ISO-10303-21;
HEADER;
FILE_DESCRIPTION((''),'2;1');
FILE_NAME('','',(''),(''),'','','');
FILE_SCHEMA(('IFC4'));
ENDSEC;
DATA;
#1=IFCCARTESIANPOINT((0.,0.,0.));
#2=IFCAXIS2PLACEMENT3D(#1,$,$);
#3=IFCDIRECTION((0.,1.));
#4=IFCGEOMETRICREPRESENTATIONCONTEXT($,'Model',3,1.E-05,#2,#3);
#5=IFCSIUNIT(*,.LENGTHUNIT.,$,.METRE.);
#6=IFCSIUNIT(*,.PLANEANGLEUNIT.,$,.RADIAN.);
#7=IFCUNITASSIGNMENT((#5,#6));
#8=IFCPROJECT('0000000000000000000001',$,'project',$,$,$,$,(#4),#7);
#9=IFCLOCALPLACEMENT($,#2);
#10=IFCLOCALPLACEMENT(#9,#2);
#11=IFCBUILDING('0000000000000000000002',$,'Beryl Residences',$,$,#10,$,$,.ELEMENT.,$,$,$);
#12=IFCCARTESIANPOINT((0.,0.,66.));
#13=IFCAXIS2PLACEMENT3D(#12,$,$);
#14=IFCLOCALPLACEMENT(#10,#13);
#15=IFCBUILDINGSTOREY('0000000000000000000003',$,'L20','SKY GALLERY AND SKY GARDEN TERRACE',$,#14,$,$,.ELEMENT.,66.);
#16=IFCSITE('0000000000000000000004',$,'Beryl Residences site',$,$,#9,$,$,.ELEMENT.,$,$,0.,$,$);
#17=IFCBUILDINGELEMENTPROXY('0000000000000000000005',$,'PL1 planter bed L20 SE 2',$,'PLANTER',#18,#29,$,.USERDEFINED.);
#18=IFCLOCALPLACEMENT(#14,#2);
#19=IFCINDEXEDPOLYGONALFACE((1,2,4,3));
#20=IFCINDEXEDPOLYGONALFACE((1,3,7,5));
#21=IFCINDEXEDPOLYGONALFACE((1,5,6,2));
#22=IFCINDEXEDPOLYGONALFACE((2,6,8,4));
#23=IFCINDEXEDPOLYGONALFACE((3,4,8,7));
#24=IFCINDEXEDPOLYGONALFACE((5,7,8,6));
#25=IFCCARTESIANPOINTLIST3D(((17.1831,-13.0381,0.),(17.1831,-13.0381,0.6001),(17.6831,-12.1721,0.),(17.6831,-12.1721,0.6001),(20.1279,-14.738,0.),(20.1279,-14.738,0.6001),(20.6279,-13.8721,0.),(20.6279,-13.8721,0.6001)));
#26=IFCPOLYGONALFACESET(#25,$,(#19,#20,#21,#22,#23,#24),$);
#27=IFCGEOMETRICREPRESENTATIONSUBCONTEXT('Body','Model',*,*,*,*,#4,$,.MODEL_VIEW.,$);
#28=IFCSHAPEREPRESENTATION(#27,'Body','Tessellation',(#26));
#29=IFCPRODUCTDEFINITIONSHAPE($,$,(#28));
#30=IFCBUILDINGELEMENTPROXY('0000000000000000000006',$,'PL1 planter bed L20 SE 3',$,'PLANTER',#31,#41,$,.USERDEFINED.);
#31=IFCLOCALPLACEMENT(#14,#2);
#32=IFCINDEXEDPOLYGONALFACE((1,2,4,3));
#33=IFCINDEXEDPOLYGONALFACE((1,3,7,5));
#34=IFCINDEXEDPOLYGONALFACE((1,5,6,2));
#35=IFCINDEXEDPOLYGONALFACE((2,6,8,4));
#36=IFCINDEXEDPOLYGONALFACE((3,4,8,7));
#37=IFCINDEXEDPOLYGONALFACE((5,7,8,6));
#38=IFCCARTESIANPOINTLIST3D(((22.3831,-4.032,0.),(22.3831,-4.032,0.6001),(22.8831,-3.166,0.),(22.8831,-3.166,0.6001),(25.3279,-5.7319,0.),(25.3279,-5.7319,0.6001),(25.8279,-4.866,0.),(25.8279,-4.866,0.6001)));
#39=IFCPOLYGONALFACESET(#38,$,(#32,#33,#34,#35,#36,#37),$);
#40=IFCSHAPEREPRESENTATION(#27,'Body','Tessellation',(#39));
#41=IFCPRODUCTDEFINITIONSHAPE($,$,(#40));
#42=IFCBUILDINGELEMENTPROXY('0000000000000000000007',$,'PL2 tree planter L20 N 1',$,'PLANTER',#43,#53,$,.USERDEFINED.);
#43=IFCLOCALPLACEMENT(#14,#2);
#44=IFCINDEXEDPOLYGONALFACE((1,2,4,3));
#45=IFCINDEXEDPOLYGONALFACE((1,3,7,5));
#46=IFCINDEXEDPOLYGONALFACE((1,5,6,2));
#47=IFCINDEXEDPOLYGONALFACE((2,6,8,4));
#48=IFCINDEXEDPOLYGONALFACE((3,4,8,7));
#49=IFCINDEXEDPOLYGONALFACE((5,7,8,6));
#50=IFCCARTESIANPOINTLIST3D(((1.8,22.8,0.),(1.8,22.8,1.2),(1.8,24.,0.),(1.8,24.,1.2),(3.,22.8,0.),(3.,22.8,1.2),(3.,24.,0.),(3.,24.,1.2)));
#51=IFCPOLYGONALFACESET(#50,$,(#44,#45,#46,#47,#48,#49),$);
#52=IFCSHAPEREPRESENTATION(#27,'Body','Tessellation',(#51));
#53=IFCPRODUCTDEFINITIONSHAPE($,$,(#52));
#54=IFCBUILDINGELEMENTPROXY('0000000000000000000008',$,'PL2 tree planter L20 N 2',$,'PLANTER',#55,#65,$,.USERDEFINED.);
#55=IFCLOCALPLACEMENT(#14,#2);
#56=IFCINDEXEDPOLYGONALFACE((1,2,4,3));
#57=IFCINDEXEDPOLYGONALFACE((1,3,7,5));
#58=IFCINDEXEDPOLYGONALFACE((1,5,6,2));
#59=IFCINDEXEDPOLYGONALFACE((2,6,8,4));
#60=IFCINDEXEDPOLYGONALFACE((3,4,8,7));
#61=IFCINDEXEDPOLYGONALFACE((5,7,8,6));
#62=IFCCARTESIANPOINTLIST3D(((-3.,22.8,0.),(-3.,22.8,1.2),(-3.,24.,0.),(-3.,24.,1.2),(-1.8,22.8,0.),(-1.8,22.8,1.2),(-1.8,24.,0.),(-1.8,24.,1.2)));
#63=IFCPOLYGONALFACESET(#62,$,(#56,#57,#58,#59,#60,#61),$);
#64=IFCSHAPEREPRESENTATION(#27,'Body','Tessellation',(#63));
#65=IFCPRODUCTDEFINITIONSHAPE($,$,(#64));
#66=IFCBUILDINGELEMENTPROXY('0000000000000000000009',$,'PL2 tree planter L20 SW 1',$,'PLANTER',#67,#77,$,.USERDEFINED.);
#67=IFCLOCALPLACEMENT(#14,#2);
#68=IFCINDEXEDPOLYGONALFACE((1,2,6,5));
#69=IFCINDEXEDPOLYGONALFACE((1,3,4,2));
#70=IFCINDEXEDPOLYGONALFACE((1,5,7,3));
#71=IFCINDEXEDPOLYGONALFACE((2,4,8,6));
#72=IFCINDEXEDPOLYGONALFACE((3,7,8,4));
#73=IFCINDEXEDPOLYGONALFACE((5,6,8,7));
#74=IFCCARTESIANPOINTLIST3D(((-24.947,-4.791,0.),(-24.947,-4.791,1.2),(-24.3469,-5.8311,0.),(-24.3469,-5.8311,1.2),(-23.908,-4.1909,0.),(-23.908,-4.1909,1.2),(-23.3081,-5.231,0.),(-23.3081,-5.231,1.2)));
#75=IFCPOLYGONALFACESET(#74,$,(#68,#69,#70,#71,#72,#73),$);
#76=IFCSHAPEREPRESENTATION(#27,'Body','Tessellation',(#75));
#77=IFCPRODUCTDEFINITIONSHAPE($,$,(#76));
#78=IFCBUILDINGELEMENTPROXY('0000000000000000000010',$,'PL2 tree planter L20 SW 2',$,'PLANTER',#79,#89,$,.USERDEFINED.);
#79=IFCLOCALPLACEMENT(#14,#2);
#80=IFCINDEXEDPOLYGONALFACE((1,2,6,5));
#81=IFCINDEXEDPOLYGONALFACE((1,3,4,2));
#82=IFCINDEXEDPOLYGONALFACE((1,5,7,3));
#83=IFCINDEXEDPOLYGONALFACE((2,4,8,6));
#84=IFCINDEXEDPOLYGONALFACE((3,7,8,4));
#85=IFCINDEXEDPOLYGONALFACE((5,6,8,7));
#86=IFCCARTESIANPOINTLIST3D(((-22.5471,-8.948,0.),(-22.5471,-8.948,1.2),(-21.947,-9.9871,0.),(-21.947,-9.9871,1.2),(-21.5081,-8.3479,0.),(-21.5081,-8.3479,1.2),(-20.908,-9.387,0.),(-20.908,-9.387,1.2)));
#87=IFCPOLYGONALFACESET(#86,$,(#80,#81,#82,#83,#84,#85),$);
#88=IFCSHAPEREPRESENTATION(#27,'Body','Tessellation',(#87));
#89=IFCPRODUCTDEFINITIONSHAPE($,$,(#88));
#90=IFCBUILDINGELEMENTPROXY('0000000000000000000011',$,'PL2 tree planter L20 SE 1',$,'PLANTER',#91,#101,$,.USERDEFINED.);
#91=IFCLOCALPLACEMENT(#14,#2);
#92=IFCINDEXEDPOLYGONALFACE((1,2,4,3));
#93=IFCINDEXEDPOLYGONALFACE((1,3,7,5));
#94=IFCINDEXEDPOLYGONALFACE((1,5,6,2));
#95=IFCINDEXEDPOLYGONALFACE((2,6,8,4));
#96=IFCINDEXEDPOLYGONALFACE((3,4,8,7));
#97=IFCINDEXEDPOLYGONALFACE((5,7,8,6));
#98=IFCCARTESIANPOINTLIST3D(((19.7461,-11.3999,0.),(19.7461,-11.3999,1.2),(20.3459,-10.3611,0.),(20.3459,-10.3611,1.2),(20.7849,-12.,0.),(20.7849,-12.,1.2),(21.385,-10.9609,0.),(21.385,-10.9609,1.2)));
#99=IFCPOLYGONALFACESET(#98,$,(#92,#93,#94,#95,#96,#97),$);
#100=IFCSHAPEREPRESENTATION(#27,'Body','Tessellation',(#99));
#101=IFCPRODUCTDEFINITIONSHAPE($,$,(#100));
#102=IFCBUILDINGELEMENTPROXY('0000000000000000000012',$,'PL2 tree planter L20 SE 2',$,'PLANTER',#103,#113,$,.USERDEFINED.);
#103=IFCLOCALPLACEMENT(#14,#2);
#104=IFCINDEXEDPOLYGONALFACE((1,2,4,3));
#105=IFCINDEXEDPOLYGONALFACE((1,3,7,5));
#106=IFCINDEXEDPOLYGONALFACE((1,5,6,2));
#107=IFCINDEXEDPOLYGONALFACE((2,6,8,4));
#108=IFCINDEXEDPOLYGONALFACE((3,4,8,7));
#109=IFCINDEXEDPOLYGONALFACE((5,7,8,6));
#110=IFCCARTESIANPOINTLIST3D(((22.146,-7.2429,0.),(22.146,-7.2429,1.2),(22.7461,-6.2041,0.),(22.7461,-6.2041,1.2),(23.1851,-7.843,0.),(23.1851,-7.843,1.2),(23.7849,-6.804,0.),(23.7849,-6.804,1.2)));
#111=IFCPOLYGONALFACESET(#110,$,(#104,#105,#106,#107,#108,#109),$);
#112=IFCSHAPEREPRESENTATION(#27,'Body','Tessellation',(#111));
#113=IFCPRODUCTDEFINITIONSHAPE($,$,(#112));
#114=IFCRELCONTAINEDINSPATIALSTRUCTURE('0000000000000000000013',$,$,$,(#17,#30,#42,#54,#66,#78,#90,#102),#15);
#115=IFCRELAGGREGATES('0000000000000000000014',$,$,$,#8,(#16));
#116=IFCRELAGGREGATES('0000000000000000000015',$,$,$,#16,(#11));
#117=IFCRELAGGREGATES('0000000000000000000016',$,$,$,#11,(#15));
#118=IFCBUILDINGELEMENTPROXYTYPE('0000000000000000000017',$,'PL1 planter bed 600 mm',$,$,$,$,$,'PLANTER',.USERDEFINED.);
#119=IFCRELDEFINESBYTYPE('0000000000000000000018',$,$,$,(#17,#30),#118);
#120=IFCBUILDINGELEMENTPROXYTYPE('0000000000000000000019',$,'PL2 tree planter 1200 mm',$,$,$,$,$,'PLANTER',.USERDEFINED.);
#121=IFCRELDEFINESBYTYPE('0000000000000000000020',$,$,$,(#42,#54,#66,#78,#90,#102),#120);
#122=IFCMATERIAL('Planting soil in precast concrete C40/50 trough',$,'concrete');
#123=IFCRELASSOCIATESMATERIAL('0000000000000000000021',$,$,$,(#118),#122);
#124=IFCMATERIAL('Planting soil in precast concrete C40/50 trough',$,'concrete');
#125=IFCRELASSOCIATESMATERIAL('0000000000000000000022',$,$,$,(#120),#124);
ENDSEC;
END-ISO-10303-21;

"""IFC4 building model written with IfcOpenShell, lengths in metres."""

from ifc_helpers import new_model, si_unit, direction, frame, origin, place, context, subcontext, project, spatial, polyline, outline, extrude, material, type_object, element, save


model = new_model("IFC4")

# Units and contexts
model_context = context("Model", 3, precision=1e-05, world=origin(), true_north=direction((0.0, 1.0)))
body_context = subcontext(model_context, "Body", "Model", "MODEL_VIEW")
ifc_project = project(units=[si_unit("LENGTHUNIT", "METRE"), si_unit("PLANEANGLEUNIT", "RADIAN")], contexts=[model_context])

# Site, building, storey
site_placement = place(None, origin())
site = spatial("IfcSite", under=ifc_project, at=site_placement, Name="Beryl Residences site", CompositionType="ELEMENT", RefElevation=0.0)
building_placement = place(site_placement, origin())
building = spatial("IfcBuilding", under=site, at=building_placement, Name="Beryl Residences", CompositionType="ELEMENT")
storey_placement = place(building_placement, frame((0.0, 0.0, 66.0)))
storey = spatial("IfcBuildingStorey", under=building, at=storey_placement, Name="L20", Description="SKY GALLERY AND SKY GARDEN TERRACE", CompositionType="ELEMENT", Elevation=66.0)

# Building element proxies
ifc_material_1 = material(Name="Planting soil in precast concrete C40/50 trough", Category="concrete")
building_element_proxy_type_1 = type_object("IfcBuildingElementProxyType", Name="PL1 planter bed 600 mm", ElementType="PLANTER", PredefinedType="USERDEFINED", material=ifc_material_1)
proxy_1_placement = place(storey_placement, origin())
element("IfcBuildingElementProxy", 1, at=proxy_1_placement, inside=storey, type_object=building_element_proxy_type_1, Name="PL1 planter bed L20 SE 2", ObjectType="PLANTER", PredefinedType="USERDEFINED", context=body_context, shape_type="SweptSolid", body=[
    extrude(outline(polyline([(20.1279, -14.738), (20.6279, -13.8721), (17.6831, -12.1721), (17.1831, -13.0381), (20.1279, -14.738)])), origin(), (0.0, 0.0, 1.0), 0.6001),
])
proxy_2_placement = place(storey_placement, origin())
element("IfcBuildingElementProxy", 2, at=proxy_2_placement, inside=storey, type_object=building_element_proxy_type_1, Name="PL1 planter bed L20 SE 3", ObjectType="PLANTER", PredefinedType="USERDEFINED", context=body_context, shape_type="SweptSolid", body=[
    extrude(outline(polyline([(25.3279, -5.7319), (25.8279, -4.866), (22.8831, -3.166), (22.3831, -4.032), (25.3279, -5.7319)])), origin(), (0.0, 0.0, 1.0), 0.6001),
])
ifc_material_2 = material(Name="Planting soil in precast concrete C40/50 trough", Category="concrete")
building_element_proxy_type_2 = type_object("IfcBuildingElementProxyType", Name="PL2 tree planter 1200 mm", ElementType="PLANTER", PredefinedType="USERDEFINED", material=ifc_material_2)
proxy_3_placement = place(storey_placement, origin())
element("IfcBuildingElementProxy", 3, at=proxy_3_placement, inside=storey, type_object=building_element_proxy_type_2, Name="PL2 tree planter L20 N 1", ObjectType="PLANTER", PredefinedType="USERDEFINED", context=body_context, shape_type="SweptSolid", body=[
    extrude(outline(polyline([(3.0, 24.0), (1.8, 24.0), (1.8, 22.8), (3.0, 22.8), (3.0, 24.0)])), origin(), (0.0, 0.0, 1.0), 1.2),
])
proxy_4_placement = place(storey_placement, origin())
element("IfcBuildingElementProxy", 4, at=proxy_4_placement, inside=storey, type_object=building_element_proxy_type_2, Name="PL2 tree planter L20 N 2", ObjectType="PLANTER", PredefinedType="USERDEFINED", context=body_context, shape_type="SweptSolid", body=[
    extrude(outline(polyline([(-1.8, 24.0), (-3.0, 24.0), (-3.0, 22.8), (-1.8, 22.8), (-1.8, 24.0)])), origin(), (0.0, 0.0, 1.0), 1.2),
])
proxy_5_placement = place(storey_placement, origin())
element("IfcBuildingElementProxy", 5, at=proxy_5_placement, inside=storey, type_object=building_element_proxy_type_2, Name="PL2 tree planter L20 SW 1", ObjectType="PLANTER", PredefinedType="USERDEFINED", context=body_context, shape_type="SweptSolid", body=[
    extrude(outline(polyline([(-24.947, -4.791), (-24.3469, -5.8311), (-23.3081, -5.231), (-23.908, -4.1909), (-24.947, -4.791)])), origin(), (0.0, 0.0, 1.0), 1.2),
])
proxy_6_placement = place(storey_placement, origin())
element("IfcBuildingElementProxy", 6, at=proxy_6_placement, inside=storey, type_object=building_element_proxy_type_2, Name="PL2 tree planter L20 SW 2", ObjectType="PLANTER", PredefinedType="USERDEFINED", context=body_context, shape_type="SweptSolid", body=[
    extrude(outline(polyline([(-22.5471, -8.948), (-21.947, -9.9871), (-20.908, -9.387), (-21.5081, -8.3479), (-22.5471, -8.948)])), origin(), (0.0, 0.0, 1.0), 1.2),
])
proxy_7_placement = place(storey_placement, origin())
element("IfcBuildingElementProxy", 7, at=proxy_7_placement, inside=storey, type_object=building_element_proxy_type_2, Name="PL2 tree planter L20 SE 1", ObjectType="PLANTER", PredefinedType="USERDEFINED", context=body_context, shape_type="SweptSolid", body=[
    extrude(outline(polyline([(20.7849, -12.0), (21.385, -10.9609), (20.3459, -10.3611), (19.7461, -11.3999), (20.7849, -12.0)])), origin(), (0.0, 0.0, 1.0), 1.2),
])
proxy_8_placement = place(storey_placement, origin())
element("IfcBuildingElementProxy", 8, at=proxy_8_placement, inside=storey, type_object=building_element_proxy_type_2, Name="PL2 tree planter L20 SE 2", ObjectType="PLANTER", PredefinedType="USERDEFINED", context=body_context, shape_type="SweptSolid", body=[
    extrude(outline(polyline([(23.1851, -7.843), (23.7849, -6.804), (22.7461, -6.2041), (22.146, -7.2429), (23.1851, -7.843)])), origin(), (0.0, 0.0, 1.0), 1.2),
])

save(model, "model.ifc")
